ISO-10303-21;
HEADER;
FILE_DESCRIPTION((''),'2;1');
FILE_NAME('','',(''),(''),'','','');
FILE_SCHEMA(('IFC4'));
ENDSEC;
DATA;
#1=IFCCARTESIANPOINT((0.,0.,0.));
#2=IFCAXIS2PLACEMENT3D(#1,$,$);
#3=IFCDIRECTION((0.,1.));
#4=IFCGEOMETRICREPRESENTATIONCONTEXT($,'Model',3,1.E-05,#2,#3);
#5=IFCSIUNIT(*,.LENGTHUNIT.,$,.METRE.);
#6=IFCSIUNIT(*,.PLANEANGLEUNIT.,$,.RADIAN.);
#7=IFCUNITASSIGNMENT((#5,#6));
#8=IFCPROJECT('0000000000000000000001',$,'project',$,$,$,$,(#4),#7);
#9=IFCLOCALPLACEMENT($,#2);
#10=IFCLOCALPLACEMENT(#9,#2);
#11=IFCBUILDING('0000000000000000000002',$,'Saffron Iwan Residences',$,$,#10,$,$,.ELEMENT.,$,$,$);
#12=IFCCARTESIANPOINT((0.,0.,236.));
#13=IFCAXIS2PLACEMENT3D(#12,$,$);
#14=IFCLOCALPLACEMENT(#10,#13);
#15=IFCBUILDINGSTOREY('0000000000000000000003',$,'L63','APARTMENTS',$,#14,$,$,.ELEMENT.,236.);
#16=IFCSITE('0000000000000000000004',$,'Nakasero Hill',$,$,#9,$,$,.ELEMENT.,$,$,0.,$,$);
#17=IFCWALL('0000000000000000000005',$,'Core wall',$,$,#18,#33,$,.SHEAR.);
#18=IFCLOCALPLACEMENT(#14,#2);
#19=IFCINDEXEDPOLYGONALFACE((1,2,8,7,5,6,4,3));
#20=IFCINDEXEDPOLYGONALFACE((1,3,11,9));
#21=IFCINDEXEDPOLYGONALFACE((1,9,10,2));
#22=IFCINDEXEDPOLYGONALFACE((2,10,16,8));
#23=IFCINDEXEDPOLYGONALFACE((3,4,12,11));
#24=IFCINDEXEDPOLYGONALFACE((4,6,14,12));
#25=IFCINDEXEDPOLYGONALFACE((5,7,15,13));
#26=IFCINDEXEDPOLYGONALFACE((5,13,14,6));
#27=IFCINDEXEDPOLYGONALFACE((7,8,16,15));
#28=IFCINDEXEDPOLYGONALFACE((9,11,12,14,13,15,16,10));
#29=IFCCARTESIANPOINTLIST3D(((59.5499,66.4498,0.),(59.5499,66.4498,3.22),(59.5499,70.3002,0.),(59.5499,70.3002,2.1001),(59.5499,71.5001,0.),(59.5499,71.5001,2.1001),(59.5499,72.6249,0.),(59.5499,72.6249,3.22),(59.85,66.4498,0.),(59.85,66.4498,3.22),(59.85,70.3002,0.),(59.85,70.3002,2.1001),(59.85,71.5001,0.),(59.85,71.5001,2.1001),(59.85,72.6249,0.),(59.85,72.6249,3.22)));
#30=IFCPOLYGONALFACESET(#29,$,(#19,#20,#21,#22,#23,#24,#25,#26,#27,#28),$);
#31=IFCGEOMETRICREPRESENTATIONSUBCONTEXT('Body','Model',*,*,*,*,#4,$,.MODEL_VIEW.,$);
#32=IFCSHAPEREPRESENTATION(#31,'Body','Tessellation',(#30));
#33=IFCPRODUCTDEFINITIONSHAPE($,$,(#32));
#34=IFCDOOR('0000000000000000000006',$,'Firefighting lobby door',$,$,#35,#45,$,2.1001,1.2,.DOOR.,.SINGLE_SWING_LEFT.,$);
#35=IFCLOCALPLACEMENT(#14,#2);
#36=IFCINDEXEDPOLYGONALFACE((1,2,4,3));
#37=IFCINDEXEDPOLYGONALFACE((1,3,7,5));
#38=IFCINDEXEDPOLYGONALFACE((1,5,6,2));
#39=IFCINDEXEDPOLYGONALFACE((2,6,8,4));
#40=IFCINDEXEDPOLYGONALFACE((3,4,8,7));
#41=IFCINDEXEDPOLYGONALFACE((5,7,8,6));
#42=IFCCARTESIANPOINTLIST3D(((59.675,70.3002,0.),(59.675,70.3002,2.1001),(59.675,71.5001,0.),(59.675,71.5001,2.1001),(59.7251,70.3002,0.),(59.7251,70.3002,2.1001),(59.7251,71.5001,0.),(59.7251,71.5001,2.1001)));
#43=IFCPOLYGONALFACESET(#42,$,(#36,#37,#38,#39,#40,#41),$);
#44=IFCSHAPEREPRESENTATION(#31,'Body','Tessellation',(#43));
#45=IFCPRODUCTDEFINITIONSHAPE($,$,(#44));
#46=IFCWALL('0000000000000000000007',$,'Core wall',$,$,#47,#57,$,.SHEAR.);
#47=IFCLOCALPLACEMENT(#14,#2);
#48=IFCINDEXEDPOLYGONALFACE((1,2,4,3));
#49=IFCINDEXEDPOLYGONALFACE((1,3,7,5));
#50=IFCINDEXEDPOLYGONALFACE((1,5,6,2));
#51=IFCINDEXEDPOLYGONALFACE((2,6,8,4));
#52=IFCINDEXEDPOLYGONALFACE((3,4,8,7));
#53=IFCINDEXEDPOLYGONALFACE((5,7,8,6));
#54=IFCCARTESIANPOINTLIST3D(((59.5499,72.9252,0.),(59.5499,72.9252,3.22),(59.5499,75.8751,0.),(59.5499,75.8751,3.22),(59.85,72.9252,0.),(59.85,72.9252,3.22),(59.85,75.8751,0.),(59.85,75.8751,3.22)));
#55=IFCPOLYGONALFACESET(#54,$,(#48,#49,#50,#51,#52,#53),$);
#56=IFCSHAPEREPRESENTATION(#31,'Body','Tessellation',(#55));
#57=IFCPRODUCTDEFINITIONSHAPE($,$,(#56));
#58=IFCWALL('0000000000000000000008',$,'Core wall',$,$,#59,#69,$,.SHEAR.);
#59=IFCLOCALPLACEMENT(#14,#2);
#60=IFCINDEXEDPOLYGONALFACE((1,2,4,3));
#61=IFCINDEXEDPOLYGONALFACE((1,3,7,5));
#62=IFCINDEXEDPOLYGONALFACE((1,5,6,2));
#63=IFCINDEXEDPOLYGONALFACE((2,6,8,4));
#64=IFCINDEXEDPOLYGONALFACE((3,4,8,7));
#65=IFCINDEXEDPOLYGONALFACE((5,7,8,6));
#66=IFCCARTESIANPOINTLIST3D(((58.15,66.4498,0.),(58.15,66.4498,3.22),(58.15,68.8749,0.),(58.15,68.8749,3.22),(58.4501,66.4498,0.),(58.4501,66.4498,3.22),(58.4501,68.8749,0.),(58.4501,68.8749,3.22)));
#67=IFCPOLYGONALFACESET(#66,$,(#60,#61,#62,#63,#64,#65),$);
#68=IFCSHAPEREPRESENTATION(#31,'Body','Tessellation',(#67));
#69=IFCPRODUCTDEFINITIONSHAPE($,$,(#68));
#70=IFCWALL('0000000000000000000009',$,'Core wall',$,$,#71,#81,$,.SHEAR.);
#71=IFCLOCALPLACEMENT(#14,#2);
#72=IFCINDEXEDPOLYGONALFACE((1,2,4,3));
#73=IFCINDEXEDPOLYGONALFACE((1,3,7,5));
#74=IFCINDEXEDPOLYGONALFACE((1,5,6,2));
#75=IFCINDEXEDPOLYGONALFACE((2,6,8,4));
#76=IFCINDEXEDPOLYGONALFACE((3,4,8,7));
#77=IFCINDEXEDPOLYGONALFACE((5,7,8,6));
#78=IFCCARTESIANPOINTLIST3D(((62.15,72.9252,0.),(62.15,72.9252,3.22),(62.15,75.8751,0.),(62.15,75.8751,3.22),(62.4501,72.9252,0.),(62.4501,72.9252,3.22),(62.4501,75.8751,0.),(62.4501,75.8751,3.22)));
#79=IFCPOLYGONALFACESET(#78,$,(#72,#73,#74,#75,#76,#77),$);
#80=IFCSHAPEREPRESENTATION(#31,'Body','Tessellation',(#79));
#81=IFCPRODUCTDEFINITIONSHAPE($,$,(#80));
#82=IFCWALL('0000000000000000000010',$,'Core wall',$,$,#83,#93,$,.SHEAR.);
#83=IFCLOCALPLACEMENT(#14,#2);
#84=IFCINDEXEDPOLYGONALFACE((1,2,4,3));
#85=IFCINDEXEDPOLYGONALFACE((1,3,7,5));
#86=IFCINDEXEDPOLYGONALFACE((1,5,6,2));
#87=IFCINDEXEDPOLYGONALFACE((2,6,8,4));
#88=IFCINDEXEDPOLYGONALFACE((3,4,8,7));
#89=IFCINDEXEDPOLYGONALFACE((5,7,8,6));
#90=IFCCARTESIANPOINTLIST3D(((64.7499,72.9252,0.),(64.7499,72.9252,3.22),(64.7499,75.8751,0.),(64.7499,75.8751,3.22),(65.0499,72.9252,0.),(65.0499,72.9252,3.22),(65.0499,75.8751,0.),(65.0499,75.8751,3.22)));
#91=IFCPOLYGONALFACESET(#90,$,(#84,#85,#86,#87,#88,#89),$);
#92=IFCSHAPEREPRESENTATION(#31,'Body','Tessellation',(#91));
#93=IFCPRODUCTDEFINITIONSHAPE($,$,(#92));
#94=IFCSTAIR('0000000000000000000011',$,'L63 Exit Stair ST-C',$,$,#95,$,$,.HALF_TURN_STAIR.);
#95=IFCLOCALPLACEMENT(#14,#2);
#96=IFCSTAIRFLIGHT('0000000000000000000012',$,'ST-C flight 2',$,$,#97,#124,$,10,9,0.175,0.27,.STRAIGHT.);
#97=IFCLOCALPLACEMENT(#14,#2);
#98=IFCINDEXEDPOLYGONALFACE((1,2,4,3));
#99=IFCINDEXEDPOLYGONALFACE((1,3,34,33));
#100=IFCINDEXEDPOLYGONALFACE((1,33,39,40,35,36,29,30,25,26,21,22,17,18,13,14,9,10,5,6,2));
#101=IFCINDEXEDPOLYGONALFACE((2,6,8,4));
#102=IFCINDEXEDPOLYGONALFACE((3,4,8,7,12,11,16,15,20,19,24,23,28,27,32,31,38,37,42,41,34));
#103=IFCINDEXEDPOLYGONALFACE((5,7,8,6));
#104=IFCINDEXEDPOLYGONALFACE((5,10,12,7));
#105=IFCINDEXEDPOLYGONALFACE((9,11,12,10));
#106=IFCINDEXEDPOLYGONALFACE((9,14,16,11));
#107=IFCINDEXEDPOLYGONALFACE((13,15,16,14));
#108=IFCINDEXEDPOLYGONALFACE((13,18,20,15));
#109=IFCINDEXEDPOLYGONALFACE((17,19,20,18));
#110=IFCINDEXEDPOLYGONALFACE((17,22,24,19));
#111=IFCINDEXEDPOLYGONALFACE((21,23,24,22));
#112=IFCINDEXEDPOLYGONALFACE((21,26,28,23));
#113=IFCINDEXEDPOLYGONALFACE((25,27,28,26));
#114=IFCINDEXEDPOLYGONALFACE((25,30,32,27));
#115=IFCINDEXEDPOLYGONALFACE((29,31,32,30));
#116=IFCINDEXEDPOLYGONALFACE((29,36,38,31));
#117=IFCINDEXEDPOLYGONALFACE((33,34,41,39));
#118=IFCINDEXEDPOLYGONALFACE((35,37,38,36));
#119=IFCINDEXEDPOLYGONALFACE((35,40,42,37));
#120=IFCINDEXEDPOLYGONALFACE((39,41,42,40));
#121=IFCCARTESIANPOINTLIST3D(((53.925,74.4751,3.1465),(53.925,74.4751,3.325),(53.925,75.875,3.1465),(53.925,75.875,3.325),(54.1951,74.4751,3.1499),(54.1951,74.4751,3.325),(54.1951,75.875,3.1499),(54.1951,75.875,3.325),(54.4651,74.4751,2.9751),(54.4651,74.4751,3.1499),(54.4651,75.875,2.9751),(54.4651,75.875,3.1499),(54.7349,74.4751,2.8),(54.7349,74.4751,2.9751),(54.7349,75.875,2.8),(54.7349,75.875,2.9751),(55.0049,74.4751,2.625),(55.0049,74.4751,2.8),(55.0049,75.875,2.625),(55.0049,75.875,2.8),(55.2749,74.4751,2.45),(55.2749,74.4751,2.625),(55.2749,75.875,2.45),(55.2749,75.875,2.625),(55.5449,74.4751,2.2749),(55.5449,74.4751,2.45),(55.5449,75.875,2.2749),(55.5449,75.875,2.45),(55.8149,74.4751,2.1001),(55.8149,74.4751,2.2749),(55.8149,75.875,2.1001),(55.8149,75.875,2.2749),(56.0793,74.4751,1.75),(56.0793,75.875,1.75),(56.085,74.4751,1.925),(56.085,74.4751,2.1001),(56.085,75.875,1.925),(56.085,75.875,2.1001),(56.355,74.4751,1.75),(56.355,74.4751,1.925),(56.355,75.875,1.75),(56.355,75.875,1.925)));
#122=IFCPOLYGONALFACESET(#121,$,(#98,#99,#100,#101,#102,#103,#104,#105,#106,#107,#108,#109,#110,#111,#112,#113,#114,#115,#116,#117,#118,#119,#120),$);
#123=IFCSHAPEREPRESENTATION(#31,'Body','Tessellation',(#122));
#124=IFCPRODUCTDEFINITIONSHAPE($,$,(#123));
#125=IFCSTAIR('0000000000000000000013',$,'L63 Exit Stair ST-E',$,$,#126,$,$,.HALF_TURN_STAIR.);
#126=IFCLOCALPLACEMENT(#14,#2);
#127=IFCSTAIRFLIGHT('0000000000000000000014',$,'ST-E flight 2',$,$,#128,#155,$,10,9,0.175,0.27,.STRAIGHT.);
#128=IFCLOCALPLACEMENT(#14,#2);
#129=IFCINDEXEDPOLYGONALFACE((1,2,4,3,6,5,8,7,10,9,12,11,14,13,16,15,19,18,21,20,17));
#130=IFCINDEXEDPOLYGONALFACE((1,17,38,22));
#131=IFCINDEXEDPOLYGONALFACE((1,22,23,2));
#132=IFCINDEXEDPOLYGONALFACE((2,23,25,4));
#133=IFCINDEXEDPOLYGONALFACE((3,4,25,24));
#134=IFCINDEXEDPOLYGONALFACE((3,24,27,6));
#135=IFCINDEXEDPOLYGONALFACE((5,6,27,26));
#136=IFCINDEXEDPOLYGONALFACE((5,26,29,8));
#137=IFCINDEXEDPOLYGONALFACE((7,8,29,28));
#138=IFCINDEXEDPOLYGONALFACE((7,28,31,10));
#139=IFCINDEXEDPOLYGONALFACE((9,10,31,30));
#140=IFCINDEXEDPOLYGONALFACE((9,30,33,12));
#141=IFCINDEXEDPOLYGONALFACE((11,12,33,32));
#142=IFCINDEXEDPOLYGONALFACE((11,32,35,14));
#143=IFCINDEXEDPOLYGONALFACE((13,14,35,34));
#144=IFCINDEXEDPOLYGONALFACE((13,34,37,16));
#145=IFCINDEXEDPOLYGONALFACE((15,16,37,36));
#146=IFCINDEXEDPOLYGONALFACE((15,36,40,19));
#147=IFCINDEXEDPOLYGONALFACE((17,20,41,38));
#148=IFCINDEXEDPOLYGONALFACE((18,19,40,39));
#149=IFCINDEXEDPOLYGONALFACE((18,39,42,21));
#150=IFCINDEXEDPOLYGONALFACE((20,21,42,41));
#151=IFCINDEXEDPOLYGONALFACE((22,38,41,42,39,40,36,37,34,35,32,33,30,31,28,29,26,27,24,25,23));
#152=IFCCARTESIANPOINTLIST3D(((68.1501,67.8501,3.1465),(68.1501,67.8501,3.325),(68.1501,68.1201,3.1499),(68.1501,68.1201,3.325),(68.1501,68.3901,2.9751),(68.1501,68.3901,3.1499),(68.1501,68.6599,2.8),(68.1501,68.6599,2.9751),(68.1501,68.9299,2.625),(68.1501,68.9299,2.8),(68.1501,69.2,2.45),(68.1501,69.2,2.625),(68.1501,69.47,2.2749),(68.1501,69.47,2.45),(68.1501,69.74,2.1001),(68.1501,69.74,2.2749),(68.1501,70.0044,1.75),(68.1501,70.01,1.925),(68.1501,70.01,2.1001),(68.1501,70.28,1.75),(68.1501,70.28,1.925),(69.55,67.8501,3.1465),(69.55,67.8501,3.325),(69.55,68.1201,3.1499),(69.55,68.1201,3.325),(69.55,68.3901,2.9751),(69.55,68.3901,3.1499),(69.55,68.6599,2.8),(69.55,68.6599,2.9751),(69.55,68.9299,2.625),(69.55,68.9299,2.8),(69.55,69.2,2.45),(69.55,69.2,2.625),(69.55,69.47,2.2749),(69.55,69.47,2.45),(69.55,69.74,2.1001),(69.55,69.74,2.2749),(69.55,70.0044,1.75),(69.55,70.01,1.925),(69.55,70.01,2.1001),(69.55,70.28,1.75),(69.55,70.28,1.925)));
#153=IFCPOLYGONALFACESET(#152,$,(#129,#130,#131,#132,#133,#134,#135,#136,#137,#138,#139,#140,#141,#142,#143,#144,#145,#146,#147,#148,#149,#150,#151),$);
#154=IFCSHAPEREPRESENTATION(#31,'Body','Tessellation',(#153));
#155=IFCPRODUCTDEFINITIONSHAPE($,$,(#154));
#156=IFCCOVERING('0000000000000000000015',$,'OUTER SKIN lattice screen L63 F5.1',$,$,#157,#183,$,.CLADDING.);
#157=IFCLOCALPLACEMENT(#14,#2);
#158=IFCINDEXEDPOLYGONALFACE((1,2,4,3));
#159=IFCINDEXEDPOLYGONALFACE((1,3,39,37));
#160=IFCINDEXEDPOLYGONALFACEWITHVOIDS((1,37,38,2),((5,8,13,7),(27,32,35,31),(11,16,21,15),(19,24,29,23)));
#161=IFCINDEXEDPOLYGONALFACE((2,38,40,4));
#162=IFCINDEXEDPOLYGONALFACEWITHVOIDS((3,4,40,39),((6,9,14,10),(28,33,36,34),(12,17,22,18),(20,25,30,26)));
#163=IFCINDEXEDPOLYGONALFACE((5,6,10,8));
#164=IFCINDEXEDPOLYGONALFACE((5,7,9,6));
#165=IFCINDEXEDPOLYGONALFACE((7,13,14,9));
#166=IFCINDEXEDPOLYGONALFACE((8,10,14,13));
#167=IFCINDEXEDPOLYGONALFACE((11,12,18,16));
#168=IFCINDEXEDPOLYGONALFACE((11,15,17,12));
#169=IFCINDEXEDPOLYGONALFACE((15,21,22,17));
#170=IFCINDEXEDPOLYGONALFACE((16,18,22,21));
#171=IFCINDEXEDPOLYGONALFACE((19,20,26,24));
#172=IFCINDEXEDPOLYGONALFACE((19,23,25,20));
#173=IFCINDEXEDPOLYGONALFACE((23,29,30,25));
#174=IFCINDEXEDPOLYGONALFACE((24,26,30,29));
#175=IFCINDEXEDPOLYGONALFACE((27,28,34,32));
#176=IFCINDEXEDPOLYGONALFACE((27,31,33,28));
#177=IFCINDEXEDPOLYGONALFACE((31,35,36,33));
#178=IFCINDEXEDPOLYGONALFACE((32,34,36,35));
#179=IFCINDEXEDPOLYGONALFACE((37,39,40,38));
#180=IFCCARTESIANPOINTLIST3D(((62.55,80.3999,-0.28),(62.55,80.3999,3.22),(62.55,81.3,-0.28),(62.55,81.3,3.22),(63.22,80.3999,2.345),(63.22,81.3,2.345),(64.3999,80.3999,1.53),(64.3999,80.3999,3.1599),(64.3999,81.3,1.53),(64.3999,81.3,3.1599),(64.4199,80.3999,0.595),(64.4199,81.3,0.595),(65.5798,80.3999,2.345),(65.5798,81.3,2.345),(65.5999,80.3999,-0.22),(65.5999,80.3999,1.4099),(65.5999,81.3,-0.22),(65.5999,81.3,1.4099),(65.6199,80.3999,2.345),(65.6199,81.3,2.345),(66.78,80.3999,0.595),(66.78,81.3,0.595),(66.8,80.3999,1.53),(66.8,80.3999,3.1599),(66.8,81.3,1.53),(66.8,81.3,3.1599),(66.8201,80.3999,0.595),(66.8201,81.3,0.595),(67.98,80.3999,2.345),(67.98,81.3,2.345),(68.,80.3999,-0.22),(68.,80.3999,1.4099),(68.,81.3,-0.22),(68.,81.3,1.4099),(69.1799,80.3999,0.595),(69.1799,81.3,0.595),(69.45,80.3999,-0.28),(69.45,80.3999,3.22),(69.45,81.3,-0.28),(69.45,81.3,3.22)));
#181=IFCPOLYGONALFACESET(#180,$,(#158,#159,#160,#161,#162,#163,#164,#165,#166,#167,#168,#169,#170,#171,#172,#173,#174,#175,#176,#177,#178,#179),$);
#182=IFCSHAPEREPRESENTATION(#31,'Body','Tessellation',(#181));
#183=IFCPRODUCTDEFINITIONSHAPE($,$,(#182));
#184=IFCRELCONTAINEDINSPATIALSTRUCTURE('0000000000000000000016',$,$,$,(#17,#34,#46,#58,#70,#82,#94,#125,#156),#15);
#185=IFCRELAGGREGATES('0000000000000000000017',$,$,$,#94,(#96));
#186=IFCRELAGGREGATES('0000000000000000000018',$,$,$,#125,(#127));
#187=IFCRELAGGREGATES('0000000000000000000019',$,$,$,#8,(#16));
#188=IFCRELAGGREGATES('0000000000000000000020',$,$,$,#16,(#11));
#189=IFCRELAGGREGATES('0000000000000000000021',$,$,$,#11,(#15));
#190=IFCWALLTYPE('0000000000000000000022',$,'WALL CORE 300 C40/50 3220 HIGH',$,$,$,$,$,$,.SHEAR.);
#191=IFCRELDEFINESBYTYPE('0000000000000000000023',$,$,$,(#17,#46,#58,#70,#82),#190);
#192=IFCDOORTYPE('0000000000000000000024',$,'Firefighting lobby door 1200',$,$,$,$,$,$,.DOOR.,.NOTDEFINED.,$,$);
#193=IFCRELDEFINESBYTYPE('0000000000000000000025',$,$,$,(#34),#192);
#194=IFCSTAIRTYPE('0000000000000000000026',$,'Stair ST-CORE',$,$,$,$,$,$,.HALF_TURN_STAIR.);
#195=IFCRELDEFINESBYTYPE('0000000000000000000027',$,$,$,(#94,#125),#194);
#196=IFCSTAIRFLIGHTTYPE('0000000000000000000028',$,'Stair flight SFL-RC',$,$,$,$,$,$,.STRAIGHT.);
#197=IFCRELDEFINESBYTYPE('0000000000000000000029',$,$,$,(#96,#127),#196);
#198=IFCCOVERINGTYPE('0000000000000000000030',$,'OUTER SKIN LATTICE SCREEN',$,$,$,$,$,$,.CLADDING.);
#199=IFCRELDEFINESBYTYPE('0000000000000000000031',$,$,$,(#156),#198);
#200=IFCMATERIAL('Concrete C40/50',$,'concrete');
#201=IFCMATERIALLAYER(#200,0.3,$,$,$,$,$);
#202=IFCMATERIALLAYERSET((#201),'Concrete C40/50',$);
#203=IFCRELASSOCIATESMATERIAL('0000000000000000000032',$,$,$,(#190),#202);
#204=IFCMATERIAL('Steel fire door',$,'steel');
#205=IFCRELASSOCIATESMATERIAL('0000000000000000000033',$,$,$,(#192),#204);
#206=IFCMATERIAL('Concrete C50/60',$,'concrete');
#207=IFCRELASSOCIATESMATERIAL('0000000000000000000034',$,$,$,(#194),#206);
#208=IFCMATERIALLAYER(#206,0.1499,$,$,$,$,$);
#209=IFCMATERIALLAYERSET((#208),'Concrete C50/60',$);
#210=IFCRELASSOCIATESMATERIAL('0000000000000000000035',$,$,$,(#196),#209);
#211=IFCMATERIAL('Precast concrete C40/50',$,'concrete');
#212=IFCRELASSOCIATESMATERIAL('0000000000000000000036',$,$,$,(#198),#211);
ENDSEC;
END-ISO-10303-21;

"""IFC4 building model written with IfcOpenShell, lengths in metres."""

from ifc_helpers import new_model, si_unit, direction, frame, frame_2d, origin, place, context, subcontext, project, spatial, polyline, rectangle, outline, extrude, material, layer, layer_set, type_object, element, fill, aggregate, save


model = new_model("IFC4")

# Units and contexts
model_context = context("Model", 3, precision=1e-05, world=origin(), true_north=direction((0.0, 1.0)))
body_context = subcontext(model_context, "Body", "Model", "MODEL_VIEW")
ifc_project = project(units=[si_unit("LENGTHUNIT", "METRE"), si_unit("PLANEANGLEUNIT", "RADIAN")], contexts=[model_context])

# Site, building, storey
site_placement = place(None, origin())
site = spatial("IfcSite", under=ifc_project, at=site_placement, Name="Nakasero Hill", CompositionType="ELEMENT", RefElevation=0.0)
building_placement = place(site_placement, origin())
building = spatial("IfcBuilding", under=site, at=building_placement, Name="Saffron Iwan Residences", CompositionType="ELEMENT")
storey_placement = place(building_placement, frame((0.0, 0.0, 236.0)))
storey = spatial("IfcBuildingStorey", under=building, at=storey_placement, Name="L63", Description="APARTMENTS", CompositionType="ELEMENT", Elevation=236.0)

# Shared definitions
ifc_material_1 = material(Name="Concrete C40/50", Category="concrete")

# Shared definitions
ifc_material_2 = material(Name="Steel fire door", Category="steel")

# Shared definitions
ifc_layer_1 = layer(ifc_material_1, 0.3)
ifc_layer_set_1 = layer_set([ifc_layer_1], Name="Concrete C40/50")
wall_type_1 = type_object("IfcWallType", Name="WALL CORE 300 C40/50 3220 HIGH", PredefinedType="SHEAR", material=ifc_layer_set_1)

# Wall, opening, door
wall_1_placement = place(storey_placement, frame((59.7, 66.45, 0.0), z_axis=(0.0, 0.0, 1.0), x_axis=(0.0, 1.0, 0.0)))
wall_1 = element("IfcWall", 1, at=wall_1_placement, inside=storey, type_object=wall_type_1, Name="Core wall", PredefinedType="SHEAR", context=body_context, shape_type="SweptSolid", body=[
    extrude(rectangle(XDim=6.175, YDim=0.3, at=frame_2d((3.0874, 0.0))), origin(), (0.0, 0.0, 1.0), 3.22),
])
opening_1_placement = place(wall_1_placement, frame((3.8501, 0.0, 0.0)))
opening_1 = element("IfcOpeningElement", 2, at=opening_1_placement, cuts=wall_1, PredefinedType="OPENING", context=body_context, shape_type="SweptSolid", body=[
    extrude(rectangle(XDim=1.2, YDim=2.1001, at=frame_2d((0.6001, 1.05))), frame((0.0, 0.1602, 0.0), z_axis=(0.0, -1.0, 0.0), x_axis=(1.0, 0.0, 0.0)), (0.0, 0.0, 1.0), 0.3201),
])
door_type_1 = type_object("IfcDoorType", Name="Firefighting lobby door 1200", OperationType="NOTDEFINED", PredefinedType="DOOR", material=ifc_material_2)
door_1_placement = place(opening_1_placement, origin())
door_1 = element("IfcDoor", 3, at=door_1_placement, inside=storey, type_object=door_type_1, Name="Firefighting lobby door", OperationType="SINGLE_SWING_LEFT", OverallHeight=2.1001, OverallWidth=1.2, PredefinedType="DOOR", context=body_context, shape_type="SweptSolid", body=[
    extrude(rectangle(XDim=1.2, YDim=2.1001, at=frame_2d((0.6001, 1.05))), frame((0.0, 0.0249, 0.0), z_axis=(0.0, -1.0, 0.0), x_axis=(1.0, 0.0, 0.0)), (0.0, 0.0, 1.0), 0.05),
])
fill(opening_1, door_1)

# Walls
wall_2_placement = place(storey_placement, frame((59.7, 72.925, 0.0), z_axis=(0.0, 0.0, 1.0), x_axis=(0.0, 1.0, 0.0)))
element("IfcWall", 4, at=wall_2_placement, inside=storey, type_object=wall_type_1, Name="Core wall", PredefinedType="SHEAR", context=body_context, shape_type="SweptSolid", body=[
    extrude(rectangle(XDim=2.95, YDim=0.3, at=frame_2d((1.4751, 0.0))), origin(), (0.0, 0.0, 1.0), 3.22),
])
wall_3_placement = place(storey_placement, frame((58.3, 66.45, 0.0), z_axis=(0.0, 0.0, 1.0), x_axis=(0.0, 1.0, 0.0)))
element("IfcWall", 5, at=wall_3_placement, inside=storey, type_object=wall_type_1, Name="Core wall", PredefinedType="SHEAR", context=body_context, shape_type="SweptSolid", body=[
    extrude(rectangle(XDim=2.425, YDim=0.3, at=frame_2d((1.2124, 0.0))), origin(), (0.0, 0.0, 1.0), 3.22),
])
for number, where, z_axis, x_axis, name in (
    (6, (62.3, 72.925, 0.0), (0.0, 0.0, 1.0), (0.0, 1.0, 0.0), "Core wall"),
    (7, (64.8999, 72.925, 0.0), (0.0, 0.0, 1.0), (0.0, 1.0, 0.0), "Core wall"),
):
    element("IfcWall", number, at=place(storey_placement, frame(where, z_axis=z_axis, x_axis=x_axis)), inside=storey, type_object=wall_type_1, Name=name, PredefinedType="SHEAR", context=body_context, shape_type="SweptSolid", body=[
        extrude(rectangle(XDim=2.95, YDim=0.3, at=frame_2d((1.4751, 0.0))), origin(), (0.0, 0.0, 1.0), 3.22),
    ])

# Stairs, stair flights
ifc_material_3 = material(Name="Concrete C50/60", Category="concrete")
stair_type = type_object("IfcStairType", Name="Stair ST-CORE", PredefinedType="HALF_TURN_STAIR", material=ifc_material_3)
stair_1_placement = place(storey_placement, origin())
stair_1 = element("IfcStair", 8, at=stair_1_placement, inside=storey, type_object=stair_type, Name="L63 Exit Stair ST-C", PredefinedType="HALF_TURN_STAIR")
ifc_layer_2 = layer(ifc_material_3, 0.1499)
ifc_layer_set_2 = layer_set([ifc_layer_2], Name="Concrete C50/60")
stair_flight_type = type_object("IfcStairFlightType", Name="Stair flight SFL-RC", PredefinedType="STRAIGHT", material=ifc_layer_set_2)
stair_flight_1_placement = place(storey_placement, frame((56.355, 75.175, 1.75), z_axis=(0.0, 0.0, 1.0), x_axis=(-1.0, 0.0, 0.0)))
stair_flight_1 = element("IfcStairFlight", 9, at=stair_flight_1_placement, type_object=stair_flight_type, Name="ST-C flight 2", NumberOfRisers=10, NumberOfTreads=9, PredefinedType="STRAIGHT", RiserHeight=0.175, TreadLength=0.27, context=body_context, shape_type="SweptSolid", body=[
    extrude(outline(polyline([(0.0, 0.0), (0.0, 0.175), (0.27, 0.175), (0.27, 0.3501), (0.54, 0.3501), (0.54, 0.5249), (0.8101, 0.5249), (0.8101, 0.7), (1.0801, 0.7), (1.0801, 0.875), (1.3501, 0.875), (1.3501, 1.05), (1.6201, 1.05), (1.6201, 1.2251), (1.8899, 1.2251), (1.8899, 1.3999), (2.1599, 1.3999), (2.1599, 1.575), (2.4299, 1.575), (2.4299, 1.75), (2.4299, 1.3965), (0.2756, 0.0), (0.0, 0.0)])), frame((0.0, 0.7, 0.0), z_axis=(0.0, -1.0, 0.0), x_axis=(1.0, 0.0, 0.0)), (0.0, 0.0, 1.0), 1.3999),
])
aggregate(stair_1, [stair_flight_1])
stair_2_placement = place(storey_placement, origin())
stair_2 = element("IfcStair", 10, at=stair_2_placement, inside=storey, type_object=stair_type, Name="L63 Exit Stair ST-E", PredefinedType="HALF_TURN_STAIR")
stair_flight_2_placement = place(storey_placement, frame((68.8501, 70.28, 1.75), z_axis=(0.0, 0.0, 1.0), x_axis=(0.0, -1.0, 0.0)))
stair_flight_2 = element("IfcStairFlight", 11, at=stair_flight_2_placement, type_object=stair_flight_type, Name="ST-E flight 2", NumberOfRisers=10, NumberOfTreads=9, PredefinedType="STRAIGHT", RiserHeight=0.175, TreadLength=0.27, context=body_context, shape_type="SweptSolid", body=[
    extrude(outline(polyline([(0.0, 0.0), (0.0, 0.175), (0.27, 0.175), (0.27, 0.3501), (0.54, 0.3501), (0.54, 0.5249), (0.8101, 0.5249), (0.8101, 0.7), (1.0801, 0.7), (1.0801, 0.875), (1.3501, 0.875), (1.3501, 1.05), (1.6201, 1.05), (1.6201, 1.2251), (1.8899, 1.2251), (1.8899, 1.3999), (2.1599, 1.3999), (2.1599, 1.575), (2.4299, 1.575), (2.4299, 1.75), (2.4299, 1.3965), (0.2756, 0.0), (0.0, 0.0)])), frame((0.0, 0.7, 0.0), z_axis=(0.0, -1.0, 0.0), x_axis=(1.0, 0.0, 0.0)), (0.0, 0.0, 1.0), 1.3999),
])
aggregate(stair_2, [stair_flight_2])

# Covering
ifc_material_4 = material(Name="Precast concrete C40/50", Category="concrete")
covering_type_1 = type_object("IfcCoveringType", Name="OUTER SKIN LATTICE SCREEN", PredefinedType="CLADDING", material=ifc_material_4)
covering_placement = place(storey_placement, frame((69.45, 80.3999, -0.28), z_axis=(0.0, 1.0, 0.0), x_axis=(-1.0, 0.0, 0.0)))
element("IfcCovering", 12, at=covering_placement, inside=storey, type_object=covering_type_1, Name="OUTER SKIN lattice screen L63 F5.1", PredefinedType="CLADDING", context=body_context, shape_type="SweptSolid", body=[
    extrude(outline(polyline([(0.0, 0.0), (6.8999, 0.0), (6.8999, 3.5), (0.0, 3.5), (0.0, 0.0)]), holes=[polyline([(0.27, 0.875), (1.45, 0.0601), (2.6299, 0.875), (1.45, 1.6899), (0.27, 0.875)]), polyline([(2.6699, 0.875), (3.8501, 0.0601), (5.03, 0.875), (3.8501, 1.6899), (2.6699, 0.875)]), polyline([(1.47, 2.625), (2.6499, 1.8101), (3.8301, 2.625), (2.6499, 3.4399), (1.47, 2.625)]), polyline([(3.8701, 2.625), (5.05, 1.8101), (6.23, 2.625), (5.05, 3.4399), (3.8701, 2.625)])]), origin(), (0.0, 0.0, 1.0), 0.9001),
])

save(model, "model.ifc")
